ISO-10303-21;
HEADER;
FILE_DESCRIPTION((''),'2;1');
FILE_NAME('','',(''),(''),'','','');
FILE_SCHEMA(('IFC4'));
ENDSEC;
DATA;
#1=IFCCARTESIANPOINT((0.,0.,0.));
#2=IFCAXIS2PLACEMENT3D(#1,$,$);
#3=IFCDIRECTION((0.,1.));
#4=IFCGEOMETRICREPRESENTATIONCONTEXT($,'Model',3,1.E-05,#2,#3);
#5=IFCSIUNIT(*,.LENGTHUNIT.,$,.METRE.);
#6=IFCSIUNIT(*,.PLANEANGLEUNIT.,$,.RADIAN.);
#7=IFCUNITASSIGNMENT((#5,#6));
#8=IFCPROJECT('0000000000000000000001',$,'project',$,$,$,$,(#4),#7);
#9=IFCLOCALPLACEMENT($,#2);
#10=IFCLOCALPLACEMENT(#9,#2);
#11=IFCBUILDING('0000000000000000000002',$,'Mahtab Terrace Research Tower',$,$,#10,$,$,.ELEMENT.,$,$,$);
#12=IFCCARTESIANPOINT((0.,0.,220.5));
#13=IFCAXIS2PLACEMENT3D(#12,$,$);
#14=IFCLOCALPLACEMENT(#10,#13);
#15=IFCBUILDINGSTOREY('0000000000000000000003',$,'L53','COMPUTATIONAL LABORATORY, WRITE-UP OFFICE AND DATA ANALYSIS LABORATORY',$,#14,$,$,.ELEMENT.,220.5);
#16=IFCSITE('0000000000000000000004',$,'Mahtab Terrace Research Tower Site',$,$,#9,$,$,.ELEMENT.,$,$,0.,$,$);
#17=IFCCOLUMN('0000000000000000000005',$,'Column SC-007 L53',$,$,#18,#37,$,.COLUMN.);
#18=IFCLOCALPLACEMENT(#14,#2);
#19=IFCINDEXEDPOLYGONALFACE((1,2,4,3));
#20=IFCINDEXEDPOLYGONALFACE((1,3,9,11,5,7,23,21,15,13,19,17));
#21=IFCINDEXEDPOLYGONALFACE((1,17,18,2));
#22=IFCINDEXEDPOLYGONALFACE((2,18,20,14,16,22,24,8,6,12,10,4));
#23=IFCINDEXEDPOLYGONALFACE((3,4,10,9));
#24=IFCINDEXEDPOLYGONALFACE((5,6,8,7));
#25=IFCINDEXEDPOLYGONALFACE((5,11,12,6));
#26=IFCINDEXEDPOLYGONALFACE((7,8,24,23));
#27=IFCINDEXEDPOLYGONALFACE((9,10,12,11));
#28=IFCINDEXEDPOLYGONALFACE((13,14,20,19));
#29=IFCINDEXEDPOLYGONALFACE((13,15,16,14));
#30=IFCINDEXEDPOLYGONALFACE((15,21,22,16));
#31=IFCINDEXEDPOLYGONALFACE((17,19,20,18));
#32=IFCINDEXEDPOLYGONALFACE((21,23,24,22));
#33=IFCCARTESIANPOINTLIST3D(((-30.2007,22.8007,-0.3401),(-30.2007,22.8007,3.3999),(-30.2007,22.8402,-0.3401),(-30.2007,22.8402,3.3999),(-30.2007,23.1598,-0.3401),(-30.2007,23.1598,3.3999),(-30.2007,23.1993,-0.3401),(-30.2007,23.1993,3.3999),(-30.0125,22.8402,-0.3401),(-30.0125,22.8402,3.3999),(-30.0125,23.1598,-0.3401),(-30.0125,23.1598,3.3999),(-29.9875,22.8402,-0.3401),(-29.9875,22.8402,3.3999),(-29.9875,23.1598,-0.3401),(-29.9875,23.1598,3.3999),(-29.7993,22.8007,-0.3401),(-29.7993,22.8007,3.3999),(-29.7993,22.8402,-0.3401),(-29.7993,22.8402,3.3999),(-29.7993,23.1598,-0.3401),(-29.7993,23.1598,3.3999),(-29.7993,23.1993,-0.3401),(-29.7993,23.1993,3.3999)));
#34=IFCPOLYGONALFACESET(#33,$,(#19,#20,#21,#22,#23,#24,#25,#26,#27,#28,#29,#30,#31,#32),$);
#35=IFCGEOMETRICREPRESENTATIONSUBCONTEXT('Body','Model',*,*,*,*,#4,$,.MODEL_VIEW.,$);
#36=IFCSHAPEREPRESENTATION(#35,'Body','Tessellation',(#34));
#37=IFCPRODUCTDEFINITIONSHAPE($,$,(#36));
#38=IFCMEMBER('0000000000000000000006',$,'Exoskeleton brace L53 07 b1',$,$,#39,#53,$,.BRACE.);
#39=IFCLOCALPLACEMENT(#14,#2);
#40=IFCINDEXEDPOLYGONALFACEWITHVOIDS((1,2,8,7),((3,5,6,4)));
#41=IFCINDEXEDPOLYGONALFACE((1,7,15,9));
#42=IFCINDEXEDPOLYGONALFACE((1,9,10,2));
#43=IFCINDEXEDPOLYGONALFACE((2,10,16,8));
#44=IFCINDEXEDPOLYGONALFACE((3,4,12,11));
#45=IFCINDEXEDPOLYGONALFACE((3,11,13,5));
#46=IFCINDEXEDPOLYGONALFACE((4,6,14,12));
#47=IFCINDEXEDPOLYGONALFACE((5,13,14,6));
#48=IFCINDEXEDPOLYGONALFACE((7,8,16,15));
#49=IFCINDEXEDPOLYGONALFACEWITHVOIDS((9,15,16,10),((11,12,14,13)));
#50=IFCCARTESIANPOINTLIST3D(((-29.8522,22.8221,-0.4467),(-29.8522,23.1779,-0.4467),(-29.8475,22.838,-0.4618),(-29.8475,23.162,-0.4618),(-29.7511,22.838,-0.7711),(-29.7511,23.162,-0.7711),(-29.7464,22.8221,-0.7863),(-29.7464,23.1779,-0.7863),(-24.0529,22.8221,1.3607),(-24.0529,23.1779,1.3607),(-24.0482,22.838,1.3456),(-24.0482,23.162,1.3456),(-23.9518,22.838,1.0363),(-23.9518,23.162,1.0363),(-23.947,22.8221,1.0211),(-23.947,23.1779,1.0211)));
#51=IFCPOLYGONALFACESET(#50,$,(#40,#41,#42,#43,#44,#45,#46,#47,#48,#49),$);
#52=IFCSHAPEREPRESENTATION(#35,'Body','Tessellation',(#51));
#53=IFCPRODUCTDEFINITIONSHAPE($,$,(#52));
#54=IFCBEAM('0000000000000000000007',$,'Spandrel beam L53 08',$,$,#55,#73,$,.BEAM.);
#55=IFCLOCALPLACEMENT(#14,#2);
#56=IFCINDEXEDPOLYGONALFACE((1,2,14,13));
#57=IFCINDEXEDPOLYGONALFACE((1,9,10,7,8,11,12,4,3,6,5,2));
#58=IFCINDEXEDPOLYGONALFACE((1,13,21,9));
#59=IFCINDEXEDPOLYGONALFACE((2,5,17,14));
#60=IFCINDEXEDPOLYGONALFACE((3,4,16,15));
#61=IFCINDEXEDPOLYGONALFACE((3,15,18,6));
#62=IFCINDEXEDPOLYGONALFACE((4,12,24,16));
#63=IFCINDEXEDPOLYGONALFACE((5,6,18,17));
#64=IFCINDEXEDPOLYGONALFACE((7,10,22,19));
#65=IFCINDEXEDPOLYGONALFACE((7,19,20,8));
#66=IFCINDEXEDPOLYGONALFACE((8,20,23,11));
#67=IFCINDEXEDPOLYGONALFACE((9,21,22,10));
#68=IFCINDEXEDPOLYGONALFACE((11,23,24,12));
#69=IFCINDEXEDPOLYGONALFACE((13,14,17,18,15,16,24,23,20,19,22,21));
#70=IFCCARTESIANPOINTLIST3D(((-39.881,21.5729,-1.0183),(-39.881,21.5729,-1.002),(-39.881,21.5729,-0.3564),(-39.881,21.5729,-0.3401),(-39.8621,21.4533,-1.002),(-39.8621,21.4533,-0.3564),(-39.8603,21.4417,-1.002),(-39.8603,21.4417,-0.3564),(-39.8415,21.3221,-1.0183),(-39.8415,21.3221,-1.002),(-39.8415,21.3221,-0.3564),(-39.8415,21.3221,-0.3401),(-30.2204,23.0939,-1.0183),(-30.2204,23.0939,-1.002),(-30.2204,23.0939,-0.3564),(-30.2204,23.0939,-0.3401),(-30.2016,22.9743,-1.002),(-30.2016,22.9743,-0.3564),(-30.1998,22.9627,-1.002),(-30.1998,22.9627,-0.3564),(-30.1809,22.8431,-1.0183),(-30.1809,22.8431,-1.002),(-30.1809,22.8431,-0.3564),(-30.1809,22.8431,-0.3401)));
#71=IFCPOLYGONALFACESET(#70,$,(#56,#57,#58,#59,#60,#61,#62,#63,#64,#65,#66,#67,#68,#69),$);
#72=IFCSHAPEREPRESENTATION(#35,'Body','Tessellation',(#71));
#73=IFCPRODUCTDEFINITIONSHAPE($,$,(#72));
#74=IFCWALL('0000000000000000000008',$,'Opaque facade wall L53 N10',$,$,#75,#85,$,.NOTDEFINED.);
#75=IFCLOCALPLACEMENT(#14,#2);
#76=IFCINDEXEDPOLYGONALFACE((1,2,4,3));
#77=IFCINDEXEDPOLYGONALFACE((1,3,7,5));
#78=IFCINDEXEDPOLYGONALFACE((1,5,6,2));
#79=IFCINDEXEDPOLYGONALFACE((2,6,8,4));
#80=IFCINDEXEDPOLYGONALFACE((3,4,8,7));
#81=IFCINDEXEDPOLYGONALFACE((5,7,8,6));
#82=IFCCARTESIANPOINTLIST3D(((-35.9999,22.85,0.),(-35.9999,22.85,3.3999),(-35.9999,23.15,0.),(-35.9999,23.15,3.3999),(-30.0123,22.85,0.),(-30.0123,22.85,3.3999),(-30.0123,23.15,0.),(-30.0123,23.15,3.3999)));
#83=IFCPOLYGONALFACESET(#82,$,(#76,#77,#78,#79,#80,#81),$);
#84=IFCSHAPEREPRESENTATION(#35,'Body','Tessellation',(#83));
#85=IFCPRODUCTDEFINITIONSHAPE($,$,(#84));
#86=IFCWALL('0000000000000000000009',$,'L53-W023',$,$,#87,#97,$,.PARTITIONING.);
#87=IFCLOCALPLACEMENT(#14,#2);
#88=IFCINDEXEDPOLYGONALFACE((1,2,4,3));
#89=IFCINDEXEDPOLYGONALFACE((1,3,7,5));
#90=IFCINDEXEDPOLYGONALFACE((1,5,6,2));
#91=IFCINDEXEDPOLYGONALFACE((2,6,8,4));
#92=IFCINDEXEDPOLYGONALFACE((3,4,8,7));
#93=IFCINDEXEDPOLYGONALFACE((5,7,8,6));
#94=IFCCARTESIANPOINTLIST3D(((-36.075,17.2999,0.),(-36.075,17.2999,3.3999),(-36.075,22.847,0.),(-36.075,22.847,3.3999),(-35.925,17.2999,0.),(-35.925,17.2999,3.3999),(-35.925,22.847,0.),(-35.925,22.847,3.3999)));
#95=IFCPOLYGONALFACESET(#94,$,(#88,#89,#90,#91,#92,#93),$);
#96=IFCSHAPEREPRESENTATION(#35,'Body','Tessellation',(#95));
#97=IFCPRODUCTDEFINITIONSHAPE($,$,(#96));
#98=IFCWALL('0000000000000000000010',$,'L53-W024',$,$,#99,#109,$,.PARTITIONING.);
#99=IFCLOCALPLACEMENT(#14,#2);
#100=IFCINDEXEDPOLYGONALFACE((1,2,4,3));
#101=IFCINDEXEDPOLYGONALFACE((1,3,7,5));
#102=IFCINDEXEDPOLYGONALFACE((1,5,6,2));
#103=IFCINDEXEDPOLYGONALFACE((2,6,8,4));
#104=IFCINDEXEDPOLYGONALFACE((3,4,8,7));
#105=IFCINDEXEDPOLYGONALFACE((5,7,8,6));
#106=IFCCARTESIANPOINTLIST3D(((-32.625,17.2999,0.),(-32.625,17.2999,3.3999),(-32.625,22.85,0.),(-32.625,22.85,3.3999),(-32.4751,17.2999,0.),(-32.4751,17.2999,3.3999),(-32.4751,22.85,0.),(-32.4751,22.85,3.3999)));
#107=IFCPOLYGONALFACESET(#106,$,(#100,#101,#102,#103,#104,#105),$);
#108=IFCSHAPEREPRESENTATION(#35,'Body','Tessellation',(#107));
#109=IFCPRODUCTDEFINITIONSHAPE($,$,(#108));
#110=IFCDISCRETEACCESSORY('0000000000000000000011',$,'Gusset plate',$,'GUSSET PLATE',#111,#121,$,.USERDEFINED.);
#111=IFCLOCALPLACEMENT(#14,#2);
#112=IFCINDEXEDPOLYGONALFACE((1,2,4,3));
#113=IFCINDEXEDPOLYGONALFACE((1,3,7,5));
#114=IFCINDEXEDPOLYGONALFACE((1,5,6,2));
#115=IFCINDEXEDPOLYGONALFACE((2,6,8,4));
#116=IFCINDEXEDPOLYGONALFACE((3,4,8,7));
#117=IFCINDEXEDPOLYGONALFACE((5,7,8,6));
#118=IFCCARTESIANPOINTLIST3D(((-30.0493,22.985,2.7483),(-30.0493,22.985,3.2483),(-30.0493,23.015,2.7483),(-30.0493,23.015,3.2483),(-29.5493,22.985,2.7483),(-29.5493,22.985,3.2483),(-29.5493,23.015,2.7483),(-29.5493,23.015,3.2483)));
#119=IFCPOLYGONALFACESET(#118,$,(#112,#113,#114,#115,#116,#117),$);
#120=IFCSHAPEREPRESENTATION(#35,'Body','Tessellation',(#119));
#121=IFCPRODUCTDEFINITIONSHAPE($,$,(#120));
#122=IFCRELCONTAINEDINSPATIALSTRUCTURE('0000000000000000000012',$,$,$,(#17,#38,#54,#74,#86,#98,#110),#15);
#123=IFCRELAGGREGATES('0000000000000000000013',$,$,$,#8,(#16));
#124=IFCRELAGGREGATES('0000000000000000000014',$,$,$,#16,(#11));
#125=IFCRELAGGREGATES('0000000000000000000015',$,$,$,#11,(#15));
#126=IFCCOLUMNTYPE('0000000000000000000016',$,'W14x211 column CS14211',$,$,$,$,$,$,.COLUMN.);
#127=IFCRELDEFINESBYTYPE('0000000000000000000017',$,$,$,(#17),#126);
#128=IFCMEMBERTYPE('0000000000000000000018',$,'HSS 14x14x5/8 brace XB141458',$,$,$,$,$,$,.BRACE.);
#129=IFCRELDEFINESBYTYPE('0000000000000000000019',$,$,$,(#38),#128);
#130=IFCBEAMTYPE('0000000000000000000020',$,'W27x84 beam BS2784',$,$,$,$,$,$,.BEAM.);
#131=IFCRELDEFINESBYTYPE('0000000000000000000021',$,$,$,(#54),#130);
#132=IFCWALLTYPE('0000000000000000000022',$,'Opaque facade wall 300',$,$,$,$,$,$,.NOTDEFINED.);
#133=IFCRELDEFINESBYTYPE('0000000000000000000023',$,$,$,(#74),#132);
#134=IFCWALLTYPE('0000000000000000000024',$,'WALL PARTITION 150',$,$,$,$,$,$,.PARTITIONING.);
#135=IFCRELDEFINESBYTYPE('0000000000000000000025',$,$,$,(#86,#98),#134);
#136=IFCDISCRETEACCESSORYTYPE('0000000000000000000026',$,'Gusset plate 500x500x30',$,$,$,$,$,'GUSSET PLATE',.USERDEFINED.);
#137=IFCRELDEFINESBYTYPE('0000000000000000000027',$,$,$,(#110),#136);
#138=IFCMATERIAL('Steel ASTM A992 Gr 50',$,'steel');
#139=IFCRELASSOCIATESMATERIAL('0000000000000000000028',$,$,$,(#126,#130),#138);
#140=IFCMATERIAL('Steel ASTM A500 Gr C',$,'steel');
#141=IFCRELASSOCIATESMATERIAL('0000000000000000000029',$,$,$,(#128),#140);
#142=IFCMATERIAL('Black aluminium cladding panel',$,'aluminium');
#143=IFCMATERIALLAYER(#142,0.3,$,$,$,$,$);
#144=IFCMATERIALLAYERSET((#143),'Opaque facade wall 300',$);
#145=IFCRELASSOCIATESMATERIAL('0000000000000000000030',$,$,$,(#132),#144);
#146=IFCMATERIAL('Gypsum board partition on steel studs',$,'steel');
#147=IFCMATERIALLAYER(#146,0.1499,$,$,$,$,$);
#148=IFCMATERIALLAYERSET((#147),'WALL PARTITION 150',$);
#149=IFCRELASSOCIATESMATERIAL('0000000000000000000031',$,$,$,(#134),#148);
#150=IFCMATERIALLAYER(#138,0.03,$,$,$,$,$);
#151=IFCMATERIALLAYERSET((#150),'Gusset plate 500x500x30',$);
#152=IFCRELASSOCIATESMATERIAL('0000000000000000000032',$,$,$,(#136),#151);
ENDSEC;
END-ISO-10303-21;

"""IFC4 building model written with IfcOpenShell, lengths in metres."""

from ifc_helpers import new_model, si_unit, direction, frame, frame_2d, origin, origin_2d, place, context, subcontext, project, spatial, rectangle, hollow_rectangle, i_section, extrude, material, layer, layer_set, material_profile, profile_set, type_object, element, save


model = new_model("IFC4")

# Units and contexts
model_context = context("Model", 3, precision=1e-05, world=origin(), true_north=direction((0.0, 1.0)))
body_context = subcontext(model_context, "Body", "Model", "MODEL_VIEW")
ifc_project = project(units=[si_unit("LENGTHUNIT", "METRE"), si_unit("PLANEANGLEUNIT", "RADIAN")], contexts=[model_context])

# Site, building, storey
site_placement = place(None, origin())
site = spatial("IfcSite", under=ifc_project, at=site_placement, Name="Mahtab Terrace Research Tower Site", CompositionType="ELEMENT", RefElevation=0.0)
building_placement = place(site_placement, origin())
building = spatial("IfcBuilding", under=site, at=building_placement, Name="Mahtab Terrace Research Tower", CompositionType="ELEMENT")
storey_placement = place(building_placement, frame((0.0, 0.0, 220.5)))
storey = spatial("IfcBuildingStorey", under=building, at=storey_placement, Name="L53", Description="COMPUTATIONAL LABORATORY, WRITE-UP OFFICE AND DATA ANALYSIS LABORATORY", CompositionType="ELEMENT", Elevation=220.5)

# Column
ifc_material_1 = material(Name="Steel ASTM A992 Gr 50", Category="steel")
ifc_material_profile_1 = material_profile(ifc_material_1, i_section(OverallWidth=0.4014, OverallDepth=0.3987, WebThickness=0.0249, FlangeThickness=0.0396, at=origin_2d()), Name="W14X211")
ifc_profile_set_1 = profile_set([ifc_material_profile_1], Name="Steel ASTM A992 Gr 50")
column_type = type_object("IfcColumnType", Name="W14x211 column CS14211", PredefinedType="COLUMN", material=ifc_profile_set_1)
column_placement = place(storey_placement, frame((-30.0, 23.0, -0.3401), z_axis=(0.0, 0.0, 1.0), x_axis=(1.0, 0.0, 0.0)))
element("IfcColumn", 1, at=column_placement, inside=storey, type_object=column_type, Name="Column SC-007 L53", PredefinedType="COLUMN", context=body_context, shape_type="SweptSolid", body=[
    extrude(i_section(OverallWidth=0.4014, OverallDepth=0.3987, WebThickness=0.0249, FlangeThickness=0.0396, at=origin_2d()), origin(), (0.0, 0.0, 1.0), 3.74),
])

# Member
ifc_material_2 = material(Name="Steel ASTM A500 Gr C", Category="steel")
ifc_material_profile_2 = material_profile(ifc_material_2, hollow_rectangle(XDim=0.3557, YDim=0.3557, WallThickness=0.0159, at=origin_2d()), Name="HSS14X14X5/8")
ifc_profile_set_2 = profile_set([ifc_material_profile_2], Name="Steel ASTM A500 Gr C")
member_type = type_object("IfcMemberType", Name="HSS 14x14x5/8 brace XB141458", PredefinedType="BRACE", material=ifc_profile_set_2)
member_placement = place(storey_placement, frame((-29.7993, 23.0, -0.6165), z_axis=(0.95471, 0.0, 0.297538), x_axis=(0.0, 1.0, 0.0)))
element("IfcMember", 2, at=member_placement, inside=storey, type_object=member_type, Name="Exoskeleton brace L53 07 b1", PredefinedType="BRACE", context=body_context, shape_type="SweptSolid", body=[
    extrude(hollow_rectangle(XDim=0.3557, YDim=0.3557, WallThickness=0.0159, at=origin_2d()), origin(), (0.0, 0.0, 1.0), 6.0745),
])

# Beam
ifc_material_profile_3 = material_profile(ifc_material_1, i_section(OverallWidth=0.2539, OverallDepth=0.6782, WebThickness=0.0117, FlangeThickness=0.0164, at=origin_2d()), Name="W27X84")
ifc_profile_set_3 = profile_set([ifc_material_profile_3], Name="Steel ASTM A992 Gr 50")
beam_type = type_object("IfcBeamType", Name="W27x84 beam BS2784", PredefinedType="BEAM", material=ifc_profile_set_3)
beam_placement = place(storey_placement, frame((-30.2007, 22.9685, -0.6792), z_axis=(-0.987832, -0.155527, 0.0), x_axis=(0.155527, -0.987832, 0.0)))
element("IfcBeam", 3, at=beam_placement, inside=storey, type_object=beam_type, Name="Spandrel beam L53 08", PredefinedType="BEAM", context=body_context, shape_type="SweptSolid", body=[
    extrude(i_section(OverallWidth=0.2539, OverallDepth=0.6782, WebThickness=0.0117, FlangeThickness=0.0164, at=origin_2d()), origin(), (0.0, 0.0, 1.0), 9.7795),
])

# Walls
ifc_material_3 = material(Name="Black aluminium cladding panel", Category="aluminium")
ifc_layer_1 = layer(ifc_material_3, 0.3)
ifc_layer_set_1 = layer_set([ifc_layer_1], Name="Opaque facade wall 300")
wall_type_1 = type_object("IfcWallType", Name="Opaque facade wall 300", PredefinedType="NOTDEFINED", material=ifc_layer_set_1)
wall_1_placement = place(storey_placement, frame((-30.0125, 23.0, 0.0), z_axis=(0.0, 0.0, 1.0), x_axis=(-1.0, 0.0, 0.0)))
element("IfcWall", 4, at=wall_1_placement, inside=storey, type_object=wall_type_1, Name="Opaque facade wall L53 N10", PredefinedType="NOTDEFINED", context=body_context, shape_type="SweptSolid", body=[
    extrude(rectangle(XDim=5.9875, YDim=0.3, at=frame_2d((2.9937, 0.0))), origin(), (0.0, 0.0, 1.0), 3.3999),
])
ifc_material_4 = material(Name="Gypsum board partition on steel studs", Category="steel")
ifc_layer_2 = layer(ifc_material_4, 0.1499)
ifc_layer_set_2 = layer_set([ifc_layer_2], Name="WALL PARTITION 150")
wall_type_2 = type_object("IfcWallType", Name="WALL PARTITION 150", PredefinedType="PARTITIONING", material=ifc_layer_set_2)
wall_2_placement = place(storey_placement, frame((-36.0, 17.3, 0.0), z_axis=(0.0, 0.0, 1.0), x_axis=(0.0, 1.0, 0.0)))
element("IfcWall", 5, at=wall_2_placement, inside=storey, type_object=wall_type_2, Name="L53-W023", PredefinedType="PARTITIONING", context=body_context, shape_type="SweptSolid", body=[
    extrude(rectangle(XDim=5.5471, YDim=0.1499, at=frame_2d((2.7734, 0.0))), origin(), (0.0, 0.0, 1.0), 3.3999),
])
wall_3_placement = place(storey_placement, frame((-32.55, 17.3, 0.0), z_axis=(0.0, 0.0, 1.0), x_axis=(0.0, 1.0, 0.0)))
element("IfcWall", 6, at=wall_3_placement, inside=storey, type_object=wall_type_2, Name="L53-W024", PredefinedType="PARTITIONING", context=body_context, shape_type="SweptSolid", body=[
    extrude(rectangle(XDim=5.55, YDim=0.1499, at=frame_2d((2.7749, 0.0))), origin(), (0.0, 0.0, 1.0), 3.3999),
])

# Discrete accessory
ifc_layer_3 = layer(ifc_material_1, 0.03)
ifc_layer_set_3 = layer_set([ifc_layer_3], Name="Gusset plate 500x500x30")
discrete_accessory_type = type_object("IfcDiscreteAccessoryType", Name="Gusset plate 500x500x30", ElementType="GUSSET PLATE", PredefinedType="USERDEFINED", material=ifc_layer_set_3)
discrete_accessory_placement = place(storey_placement, frame((-29.7993, 23.0, 2.7483), z_axis=(0.0, 0.0, 1.0), x_axis=(1.0, 0.0, 0.0)))
element("IfcDiscreteAccessory", 7, at=discrete_accessory_placement, inside=storey, type_object=discrete_accessory_type, Name="Gusset plate", ObjectType="GUSSET PLATE", PredefinedType="USERDEFINED", context=body_context, shape_type="SweptSolid", body=[
    extrude(rectangle(XDim=0.5, YDim=0.03, at=origin_2d()), origin(), (0.0, 0.0, 1.0), 0.5),
])

save(model, "model.ifc")
